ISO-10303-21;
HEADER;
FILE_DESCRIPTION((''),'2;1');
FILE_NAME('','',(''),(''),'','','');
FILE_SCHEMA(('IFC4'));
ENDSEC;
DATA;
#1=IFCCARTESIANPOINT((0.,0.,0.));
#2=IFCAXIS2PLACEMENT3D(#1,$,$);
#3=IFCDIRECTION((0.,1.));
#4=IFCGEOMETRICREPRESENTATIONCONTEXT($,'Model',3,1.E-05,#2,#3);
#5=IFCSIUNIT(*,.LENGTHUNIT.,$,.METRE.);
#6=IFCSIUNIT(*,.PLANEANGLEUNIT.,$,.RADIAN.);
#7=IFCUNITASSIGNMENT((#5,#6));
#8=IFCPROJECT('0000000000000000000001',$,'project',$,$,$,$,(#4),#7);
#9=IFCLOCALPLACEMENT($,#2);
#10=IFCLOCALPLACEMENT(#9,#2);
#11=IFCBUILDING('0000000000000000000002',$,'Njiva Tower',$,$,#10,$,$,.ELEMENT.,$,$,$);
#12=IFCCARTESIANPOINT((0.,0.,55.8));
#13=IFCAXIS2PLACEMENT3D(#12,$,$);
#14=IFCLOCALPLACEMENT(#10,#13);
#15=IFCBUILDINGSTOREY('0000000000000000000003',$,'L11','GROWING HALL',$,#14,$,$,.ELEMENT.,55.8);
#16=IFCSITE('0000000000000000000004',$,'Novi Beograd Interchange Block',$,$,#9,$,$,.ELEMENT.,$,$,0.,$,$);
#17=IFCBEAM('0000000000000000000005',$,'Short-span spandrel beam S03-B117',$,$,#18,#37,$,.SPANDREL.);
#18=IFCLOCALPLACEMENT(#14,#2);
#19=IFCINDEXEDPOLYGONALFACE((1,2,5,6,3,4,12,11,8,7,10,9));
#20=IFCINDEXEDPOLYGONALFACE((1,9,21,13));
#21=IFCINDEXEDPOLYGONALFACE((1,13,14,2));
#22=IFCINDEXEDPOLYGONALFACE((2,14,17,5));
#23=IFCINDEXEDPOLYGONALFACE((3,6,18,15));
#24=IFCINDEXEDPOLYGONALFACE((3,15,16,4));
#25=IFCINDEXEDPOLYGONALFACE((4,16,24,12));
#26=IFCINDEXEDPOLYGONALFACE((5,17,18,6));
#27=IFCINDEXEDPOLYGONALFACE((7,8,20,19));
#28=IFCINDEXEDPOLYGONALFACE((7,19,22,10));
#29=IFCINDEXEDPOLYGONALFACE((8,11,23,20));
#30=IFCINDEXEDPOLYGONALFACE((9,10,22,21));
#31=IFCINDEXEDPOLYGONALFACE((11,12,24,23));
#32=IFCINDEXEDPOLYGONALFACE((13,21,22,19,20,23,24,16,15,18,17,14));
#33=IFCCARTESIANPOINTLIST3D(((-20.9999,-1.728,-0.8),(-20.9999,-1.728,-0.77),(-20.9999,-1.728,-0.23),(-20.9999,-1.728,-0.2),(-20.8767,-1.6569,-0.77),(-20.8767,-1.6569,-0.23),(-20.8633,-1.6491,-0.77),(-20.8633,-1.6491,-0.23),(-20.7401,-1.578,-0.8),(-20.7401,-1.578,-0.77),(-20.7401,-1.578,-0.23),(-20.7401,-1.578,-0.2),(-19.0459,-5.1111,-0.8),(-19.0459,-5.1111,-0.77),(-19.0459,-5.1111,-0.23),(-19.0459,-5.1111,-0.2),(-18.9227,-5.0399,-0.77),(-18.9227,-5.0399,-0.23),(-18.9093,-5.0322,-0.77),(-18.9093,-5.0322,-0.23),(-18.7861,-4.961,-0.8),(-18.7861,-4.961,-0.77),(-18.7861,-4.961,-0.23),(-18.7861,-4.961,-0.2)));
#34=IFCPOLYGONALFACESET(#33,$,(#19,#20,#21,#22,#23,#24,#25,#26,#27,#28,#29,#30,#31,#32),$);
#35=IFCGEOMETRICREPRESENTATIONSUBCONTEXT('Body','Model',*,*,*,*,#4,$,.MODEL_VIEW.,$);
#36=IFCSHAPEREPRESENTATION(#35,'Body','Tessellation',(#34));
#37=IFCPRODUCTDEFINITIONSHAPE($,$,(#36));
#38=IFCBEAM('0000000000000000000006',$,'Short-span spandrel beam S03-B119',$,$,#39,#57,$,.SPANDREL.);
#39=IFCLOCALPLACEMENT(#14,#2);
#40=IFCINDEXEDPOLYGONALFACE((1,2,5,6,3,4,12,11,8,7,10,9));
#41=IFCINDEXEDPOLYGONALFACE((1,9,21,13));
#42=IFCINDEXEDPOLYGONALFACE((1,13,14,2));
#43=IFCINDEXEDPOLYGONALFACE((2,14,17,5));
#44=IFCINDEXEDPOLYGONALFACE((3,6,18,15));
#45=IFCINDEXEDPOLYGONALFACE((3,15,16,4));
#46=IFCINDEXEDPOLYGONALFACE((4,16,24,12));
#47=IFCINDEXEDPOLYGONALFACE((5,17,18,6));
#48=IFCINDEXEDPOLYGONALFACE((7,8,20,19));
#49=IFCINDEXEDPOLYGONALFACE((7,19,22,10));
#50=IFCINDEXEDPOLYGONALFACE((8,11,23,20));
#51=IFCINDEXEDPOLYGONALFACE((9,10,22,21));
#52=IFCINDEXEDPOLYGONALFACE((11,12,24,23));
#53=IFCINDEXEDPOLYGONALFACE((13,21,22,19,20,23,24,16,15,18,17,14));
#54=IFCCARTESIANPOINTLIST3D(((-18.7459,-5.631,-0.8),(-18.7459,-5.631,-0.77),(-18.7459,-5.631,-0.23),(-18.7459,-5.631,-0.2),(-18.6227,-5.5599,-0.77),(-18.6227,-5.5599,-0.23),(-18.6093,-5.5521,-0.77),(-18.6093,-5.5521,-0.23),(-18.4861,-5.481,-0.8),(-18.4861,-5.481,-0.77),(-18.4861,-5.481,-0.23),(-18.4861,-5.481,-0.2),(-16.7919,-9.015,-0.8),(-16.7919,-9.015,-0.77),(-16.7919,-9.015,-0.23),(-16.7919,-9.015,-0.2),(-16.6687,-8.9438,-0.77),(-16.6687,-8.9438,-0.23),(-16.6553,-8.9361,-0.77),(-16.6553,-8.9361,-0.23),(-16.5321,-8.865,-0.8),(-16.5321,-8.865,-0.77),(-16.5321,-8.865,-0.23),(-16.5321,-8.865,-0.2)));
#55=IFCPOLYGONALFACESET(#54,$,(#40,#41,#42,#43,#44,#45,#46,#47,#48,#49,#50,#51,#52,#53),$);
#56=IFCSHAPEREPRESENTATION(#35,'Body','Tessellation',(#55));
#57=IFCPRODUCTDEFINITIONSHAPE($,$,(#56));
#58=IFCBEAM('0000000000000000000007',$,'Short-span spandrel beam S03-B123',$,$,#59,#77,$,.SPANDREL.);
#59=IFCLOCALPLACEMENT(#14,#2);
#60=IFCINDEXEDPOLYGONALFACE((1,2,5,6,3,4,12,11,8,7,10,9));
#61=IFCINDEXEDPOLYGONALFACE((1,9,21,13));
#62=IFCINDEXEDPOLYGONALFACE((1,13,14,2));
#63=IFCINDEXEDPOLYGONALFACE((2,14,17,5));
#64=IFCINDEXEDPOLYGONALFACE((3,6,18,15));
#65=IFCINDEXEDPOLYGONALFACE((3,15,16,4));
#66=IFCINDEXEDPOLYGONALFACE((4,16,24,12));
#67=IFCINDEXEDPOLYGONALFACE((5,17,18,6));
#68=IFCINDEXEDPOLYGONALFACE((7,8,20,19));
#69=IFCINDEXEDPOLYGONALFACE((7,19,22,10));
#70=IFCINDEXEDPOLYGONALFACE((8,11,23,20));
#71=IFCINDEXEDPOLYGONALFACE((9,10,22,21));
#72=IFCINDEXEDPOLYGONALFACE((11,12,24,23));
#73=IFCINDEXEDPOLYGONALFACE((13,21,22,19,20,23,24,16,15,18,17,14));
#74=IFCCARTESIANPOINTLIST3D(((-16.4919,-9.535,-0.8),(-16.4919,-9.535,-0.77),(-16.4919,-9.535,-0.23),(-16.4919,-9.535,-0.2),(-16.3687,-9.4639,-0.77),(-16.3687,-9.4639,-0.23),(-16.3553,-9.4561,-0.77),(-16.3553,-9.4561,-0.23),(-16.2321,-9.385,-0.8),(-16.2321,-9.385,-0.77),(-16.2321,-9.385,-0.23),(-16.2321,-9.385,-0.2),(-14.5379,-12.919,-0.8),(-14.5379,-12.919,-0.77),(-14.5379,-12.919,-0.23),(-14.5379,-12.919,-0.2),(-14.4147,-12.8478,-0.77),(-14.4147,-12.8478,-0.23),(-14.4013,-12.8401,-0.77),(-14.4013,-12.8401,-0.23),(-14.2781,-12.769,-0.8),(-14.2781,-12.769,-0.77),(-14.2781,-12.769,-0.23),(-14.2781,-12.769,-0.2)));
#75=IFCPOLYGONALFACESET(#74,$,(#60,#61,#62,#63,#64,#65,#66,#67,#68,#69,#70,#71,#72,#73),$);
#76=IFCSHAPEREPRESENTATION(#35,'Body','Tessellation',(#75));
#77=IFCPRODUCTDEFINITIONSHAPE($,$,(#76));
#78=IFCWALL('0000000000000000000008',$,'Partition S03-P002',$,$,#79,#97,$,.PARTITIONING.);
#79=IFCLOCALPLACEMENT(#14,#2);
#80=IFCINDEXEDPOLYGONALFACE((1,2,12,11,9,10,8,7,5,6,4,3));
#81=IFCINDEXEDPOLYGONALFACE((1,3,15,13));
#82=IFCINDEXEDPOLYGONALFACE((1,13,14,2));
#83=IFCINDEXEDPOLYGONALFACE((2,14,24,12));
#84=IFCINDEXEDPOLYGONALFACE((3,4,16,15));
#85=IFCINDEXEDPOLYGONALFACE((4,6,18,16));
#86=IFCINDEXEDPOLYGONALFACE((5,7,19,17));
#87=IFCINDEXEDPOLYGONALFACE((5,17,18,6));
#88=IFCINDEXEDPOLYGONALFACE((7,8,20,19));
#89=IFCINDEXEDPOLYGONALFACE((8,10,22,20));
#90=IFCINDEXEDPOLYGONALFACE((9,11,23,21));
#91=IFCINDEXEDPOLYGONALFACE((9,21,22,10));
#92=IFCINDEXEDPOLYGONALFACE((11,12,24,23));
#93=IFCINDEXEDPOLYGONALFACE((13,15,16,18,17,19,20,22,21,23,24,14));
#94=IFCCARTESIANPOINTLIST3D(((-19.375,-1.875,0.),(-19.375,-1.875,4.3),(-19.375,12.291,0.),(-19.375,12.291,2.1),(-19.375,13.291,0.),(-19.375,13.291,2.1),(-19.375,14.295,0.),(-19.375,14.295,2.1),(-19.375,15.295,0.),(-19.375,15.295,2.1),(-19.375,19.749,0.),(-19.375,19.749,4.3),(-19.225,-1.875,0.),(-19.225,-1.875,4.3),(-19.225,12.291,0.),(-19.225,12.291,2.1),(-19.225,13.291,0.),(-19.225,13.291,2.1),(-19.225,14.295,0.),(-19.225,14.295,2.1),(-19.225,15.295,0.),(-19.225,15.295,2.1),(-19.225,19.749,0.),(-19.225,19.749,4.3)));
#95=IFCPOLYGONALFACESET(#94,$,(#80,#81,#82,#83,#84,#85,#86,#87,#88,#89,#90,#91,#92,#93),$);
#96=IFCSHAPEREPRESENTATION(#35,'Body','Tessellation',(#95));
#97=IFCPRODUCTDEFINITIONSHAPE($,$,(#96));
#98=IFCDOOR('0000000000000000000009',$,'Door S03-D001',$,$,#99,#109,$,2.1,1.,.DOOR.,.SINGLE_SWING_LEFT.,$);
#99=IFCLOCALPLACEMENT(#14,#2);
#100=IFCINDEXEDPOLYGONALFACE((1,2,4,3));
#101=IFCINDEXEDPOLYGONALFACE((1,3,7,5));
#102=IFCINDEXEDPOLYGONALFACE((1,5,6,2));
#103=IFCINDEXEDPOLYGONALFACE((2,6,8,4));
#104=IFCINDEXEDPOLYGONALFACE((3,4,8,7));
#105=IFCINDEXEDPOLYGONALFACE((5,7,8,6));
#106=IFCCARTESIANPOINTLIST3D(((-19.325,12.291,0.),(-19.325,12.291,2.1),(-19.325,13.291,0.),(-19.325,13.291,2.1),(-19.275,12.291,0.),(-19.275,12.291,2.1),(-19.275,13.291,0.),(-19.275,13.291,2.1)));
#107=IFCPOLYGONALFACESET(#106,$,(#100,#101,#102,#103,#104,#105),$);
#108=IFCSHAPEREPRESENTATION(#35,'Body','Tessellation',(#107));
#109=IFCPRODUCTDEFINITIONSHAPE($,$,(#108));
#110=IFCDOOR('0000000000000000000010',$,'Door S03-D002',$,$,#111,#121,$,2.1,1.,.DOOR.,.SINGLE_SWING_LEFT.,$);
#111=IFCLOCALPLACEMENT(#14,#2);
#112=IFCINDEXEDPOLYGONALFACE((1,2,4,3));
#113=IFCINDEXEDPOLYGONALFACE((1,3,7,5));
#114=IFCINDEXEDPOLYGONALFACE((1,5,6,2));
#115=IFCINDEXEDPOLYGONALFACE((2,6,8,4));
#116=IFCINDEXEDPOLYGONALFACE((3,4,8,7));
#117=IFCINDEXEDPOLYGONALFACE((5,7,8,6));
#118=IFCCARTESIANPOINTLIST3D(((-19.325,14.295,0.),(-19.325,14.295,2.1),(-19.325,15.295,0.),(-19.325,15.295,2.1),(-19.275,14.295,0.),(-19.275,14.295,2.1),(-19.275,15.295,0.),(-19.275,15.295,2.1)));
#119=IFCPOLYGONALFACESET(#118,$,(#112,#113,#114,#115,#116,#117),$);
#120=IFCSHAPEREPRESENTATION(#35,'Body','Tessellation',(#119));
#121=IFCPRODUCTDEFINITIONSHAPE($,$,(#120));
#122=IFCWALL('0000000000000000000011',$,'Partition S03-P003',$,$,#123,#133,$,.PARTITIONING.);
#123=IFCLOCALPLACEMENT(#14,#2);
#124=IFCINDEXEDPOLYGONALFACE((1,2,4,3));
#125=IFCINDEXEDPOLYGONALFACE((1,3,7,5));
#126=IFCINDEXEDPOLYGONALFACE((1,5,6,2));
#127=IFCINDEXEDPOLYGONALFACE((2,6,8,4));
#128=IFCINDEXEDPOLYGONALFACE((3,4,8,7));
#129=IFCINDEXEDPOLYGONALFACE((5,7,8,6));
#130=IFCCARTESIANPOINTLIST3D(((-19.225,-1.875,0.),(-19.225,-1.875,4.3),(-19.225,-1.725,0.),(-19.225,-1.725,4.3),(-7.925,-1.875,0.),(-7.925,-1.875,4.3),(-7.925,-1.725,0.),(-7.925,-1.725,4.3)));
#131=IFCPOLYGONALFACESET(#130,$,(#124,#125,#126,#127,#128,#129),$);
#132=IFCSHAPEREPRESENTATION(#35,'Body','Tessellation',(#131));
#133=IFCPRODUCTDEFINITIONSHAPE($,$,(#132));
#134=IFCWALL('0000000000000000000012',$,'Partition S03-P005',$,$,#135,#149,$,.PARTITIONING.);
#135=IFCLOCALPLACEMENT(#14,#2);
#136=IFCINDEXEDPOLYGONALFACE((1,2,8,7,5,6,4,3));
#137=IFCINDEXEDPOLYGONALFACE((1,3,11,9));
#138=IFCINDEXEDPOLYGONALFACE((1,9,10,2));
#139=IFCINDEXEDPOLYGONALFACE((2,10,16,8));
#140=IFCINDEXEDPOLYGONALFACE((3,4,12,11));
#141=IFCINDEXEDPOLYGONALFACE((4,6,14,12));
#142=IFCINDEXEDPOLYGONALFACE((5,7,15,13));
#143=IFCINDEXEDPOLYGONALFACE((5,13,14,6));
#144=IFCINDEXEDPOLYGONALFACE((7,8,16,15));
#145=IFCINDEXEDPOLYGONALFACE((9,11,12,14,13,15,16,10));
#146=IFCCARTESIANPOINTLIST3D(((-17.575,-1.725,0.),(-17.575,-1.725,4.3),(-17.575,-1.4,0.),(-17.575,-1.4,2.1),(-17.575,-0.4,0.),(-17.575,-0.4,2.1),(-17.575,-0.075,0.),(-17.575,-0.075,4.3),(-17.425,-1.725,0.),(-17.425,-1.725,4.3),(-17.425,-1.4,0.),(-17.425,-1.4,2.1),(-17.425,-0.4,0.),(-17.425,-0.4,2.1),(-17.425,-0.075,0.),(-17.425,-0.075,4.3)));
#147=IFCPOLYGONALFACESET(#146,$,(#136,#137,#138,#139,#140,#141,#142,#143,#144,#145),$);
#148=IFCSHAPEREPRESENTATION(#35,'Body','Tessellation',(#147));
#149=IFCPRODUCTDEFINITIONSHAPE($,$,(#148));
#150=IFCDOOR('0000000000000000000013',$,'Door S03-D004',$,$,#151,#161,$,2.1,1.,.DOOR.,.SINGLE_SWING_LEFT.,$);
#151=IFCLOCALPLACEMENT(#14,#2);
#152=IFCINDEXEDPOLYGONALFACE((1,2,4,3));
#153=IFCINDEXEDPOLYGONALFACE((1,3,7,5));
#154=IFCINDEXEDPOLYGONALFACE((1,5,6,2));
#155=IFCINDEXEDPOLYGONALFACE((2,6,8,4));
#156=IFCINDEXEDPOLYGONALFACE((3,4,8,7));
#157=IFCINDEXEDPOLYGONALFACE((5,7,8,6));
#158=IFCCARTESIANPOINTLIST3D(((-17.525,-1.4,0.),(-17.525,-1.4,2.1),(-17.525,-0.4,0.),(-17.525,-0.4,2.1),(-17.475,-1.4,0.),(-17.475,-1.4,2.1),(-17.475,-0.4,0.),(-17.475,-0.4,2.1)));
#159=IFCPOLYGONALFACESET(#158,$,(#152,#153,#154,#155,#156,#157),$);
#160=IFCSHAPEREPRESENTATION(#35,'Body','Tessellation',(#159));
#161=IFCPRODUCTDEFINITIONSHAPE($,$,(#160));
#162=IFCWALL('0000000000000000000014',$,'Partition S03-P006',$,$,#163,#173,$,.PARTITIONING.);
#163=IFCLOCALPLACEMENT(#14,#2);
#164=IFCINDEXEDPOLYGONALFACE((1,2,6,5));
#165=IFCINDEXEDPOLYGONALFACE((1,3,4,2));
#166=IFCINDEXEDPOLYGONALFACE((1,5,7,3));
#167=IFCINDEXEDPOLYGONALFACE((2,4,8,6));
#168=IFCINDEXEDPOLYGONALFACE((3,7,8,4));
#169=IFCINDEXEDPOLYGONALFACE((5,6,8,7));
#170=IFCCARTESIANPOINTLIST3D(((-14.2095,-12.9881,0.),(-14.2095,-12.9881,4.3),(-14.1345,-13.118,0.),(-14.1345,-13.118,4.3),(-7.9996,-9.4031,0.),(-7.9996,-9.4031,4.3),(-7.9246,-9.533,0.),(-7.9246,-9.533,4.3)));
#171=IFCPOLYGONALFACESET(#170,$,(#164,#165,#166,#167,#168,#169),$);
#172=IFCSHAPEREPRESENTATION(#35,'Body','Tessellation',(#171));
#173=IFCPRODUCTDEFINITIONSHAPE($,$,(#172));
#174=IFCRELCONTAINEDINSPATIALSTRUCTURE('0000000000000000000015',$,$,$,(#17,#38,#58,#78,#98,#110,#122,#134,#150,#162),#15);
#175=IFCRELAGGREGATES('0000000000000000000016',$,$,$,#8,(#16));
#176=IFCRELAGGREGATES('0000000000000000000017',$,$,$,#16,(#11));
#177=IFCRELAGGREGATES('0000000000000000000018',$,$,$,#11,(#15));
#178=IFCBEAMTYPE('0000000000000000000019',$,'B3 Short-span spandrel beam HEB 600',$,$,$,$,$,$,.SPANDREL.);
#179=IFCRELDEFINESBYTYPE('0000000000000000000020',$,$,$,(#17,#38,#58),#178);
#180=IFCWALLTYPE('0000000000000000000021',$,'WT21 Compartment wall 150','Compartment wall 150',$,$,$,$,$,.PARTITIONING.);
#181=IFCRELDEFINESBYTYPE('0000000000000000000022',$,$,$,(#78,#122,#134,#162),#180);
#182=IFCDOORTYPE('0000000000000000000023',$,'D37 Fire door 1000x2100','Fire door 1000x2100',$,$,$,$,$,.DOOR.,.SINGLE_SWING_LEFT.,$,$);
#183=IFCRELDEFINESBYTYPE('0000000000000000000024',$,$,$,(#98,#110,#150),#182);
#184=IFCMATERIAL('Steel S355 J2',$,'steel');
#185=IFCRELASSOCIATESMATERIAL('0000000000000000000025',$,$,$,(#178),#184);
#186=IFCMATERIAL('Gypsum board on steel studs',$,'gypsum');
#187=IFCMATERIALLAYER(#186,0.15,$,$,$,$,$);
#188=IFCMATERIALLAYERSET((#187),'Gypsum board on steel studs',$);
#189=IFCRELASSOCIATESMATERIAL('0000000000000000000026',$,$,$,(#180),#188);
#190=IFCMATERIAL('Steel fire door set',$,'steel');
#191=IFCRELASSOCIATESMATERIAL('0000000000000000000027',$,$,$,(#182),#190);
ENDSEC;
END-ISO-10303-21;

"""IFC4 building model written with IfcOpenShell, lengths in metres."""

from ifc_helpers import new_model, si_unit, direction, frame, frame_2d, origin, origin_2d, place, context, subcontext, project, spatial, rectangle, i_section, extrude, material, layer, layer_set, material_profile, profile_set, type_object, element, fill, save


model = new_model("IFC4")

# Units and contexts
model_context = context("Model", 3, precision=1e-05, world=origin(), true_north=direction((0.0, 1.0)))
body_context = subcontext(model_context, "Body", "Model", "MODEL_VIEW")
ifc_project = project(units=[si_unit("LENGTHUNIT", "METRE"), si_unit("PLANEANGLEUNIT", "RADIAN")], contexts=[model_context])

# Site, building, storey
site_placement = place(None, origin())
site = spatial("IfcSite", under=ifc_project, at=site_placement, Name="Novi Beograd Interchange Block", CompositionType="ELEMENT", RefElevation=0.0)
building_placement = place(site_placement, origin())
building = spatial("IfcBuilding", under=site, at=building_placement, Name="Njiva Tower", CompositionType="ELEMENT")
storey_placement = place(building_placement, frame((0.0, 0.0, 55.8)))
storey = spatial("IfcBuildingStorey", under=building, at=storey_placement, Name="L11", Description="GROWING HALL", CompositionType="ELEMENT", Elevation=55.8)

# Shared definitions
ifc_material_1 = material(Name="Steel S355 J2", Category="steel")

# Beams
ifc_material_profile_1 = material_profile(ifc_material_1, i_section(OverallWidth=0.3, OverallDepth=0.6, WebThickness=0.0155, FlangeThickness=0.03, at=origin_2d()), Name="HEB 600")
ifc_profile_set_1 = profile_set([ifc_material_profile_1], Name="Steel S355 J2")
beam_type_1 = type_object("IfcBeamType", Name="B3 Short-span spandrel beam HEB 600", PredefinedType="SPANDREL", material=ifc_profile_set_1)
beam_1_placement = place(storey_placement, frame((-20.87, -1.653, -0.5), z_axis=(0.500158, -0.865934, 0.0), x_axis=(0.865934, 0.500158, 0.0)))
element("IfcBeam", 1, at=beam_1_placement, inside=storey, type_object=beam_type_1, Name="Short-span spandrel beam S03-B117", PredefinedType="SPANDREL", context=body_context, shape_type="SweptSolid", body=[
    extrude(i_section(OverallWidth=0.3, OverallDepth=0.6, WebThickness=0.0155, FlangeThickness=0.03, at=origin_2d()), origin(), (0.0, 0.0, 1.0), 3.9068),
])
for number, where, z_axis, x_axis, name in (
    (2, (-18.616, -5.556, -0.5), (0.500047, -0.865998, 0.0), (0.865998, 0.500047, 0.0), "Short-span spandrel beam S03-B119"),
    (3, (-16.362, -9.46, -0.5), (0.500047, -0.865998, 0.0), (0.865998, 0.500047, 0.0), "Short-span spandrel beam S03-B123"),
):
    element("IfcBeam", number, at=place(storey_placement, frame(where, z_axis=z_axis, x_axis=x_axis)), inside=storey, type_object=beam_type_1, Name=name, PredefinedType="SPANDREL", context=body_context, shape_type="SweptSolid", body=[
        extrude(i_section(OverallWidth=0.3, OverallDepth=0.6, WebThickness=0.0155, FlangeThickness=0.03, at=origin_2d()), origin(), (0.0, 0.0, 1.0), 3.9076),
    ])

# Wall, openings, doors
ifc_material_2 = material(Name="Gypsum board on steel studs", Category="gypsum")
ifc_layer = layer(ifc_material_2, 0.15)
ifc_layer_set = layer_set([ifc_layer], Name="Gypsum board on steel studs")
wall_type = type_object("IfcWallType", Name="WT21 Compartment wall 150", Description="Compartment wall 150", PredefinedType="PARTITIONING", material=ifc_layer_set)
wall_1_placement = place(storey_placement, frame((-19.3, -1.875, 0.0), z_axis=(0.0, 0.0, 1.0), x_axis=(0.0, 1.0, 0.0)))
wall_1 = element("IfcWall", 4, at=wall_1_placement, inside=storey, type_object=wall_type, Name="Partition S03-P002", PredefinedType="PARTITIONING", context=body_context, shape_type="SweptSolid", body=[
    extrude(rectangle(XDim=21.624, YDim=0.15, at=frame_2d((10.812, 0.0))), origin(), (0.0, 0.0, 1.0), 4.3),
])
opening_1_placement = place(wall_1_placement, frame((14.166, 0.0, 0.0)))
opening_1 = element("IfcOpeningElement", 5, at=opening_1_placement, cuts=wall_1, PredefinedType="OPENING", context=body_context, shape_type="SweptSolid", body=[
    extrude(rectangle(XDim=1.0, YDim=2.1, at=frame_2d((0.5, 1.05))), frame((0.0, 0.085, 0.0), z_axis=(0.0, -1.0, 0.0), x_axis=(1.0, 0.0, 0.0)), (0.0, 0.0, 1.0), 0.17),
])
opening_2_placement = place(wall_1_placement, frame((16.17, 0.0, 0.0)))
opening_2 = element("IfcOpeningElement", 6, at=opening_2_placement, cuts=wall_1, PredefinedType="OPENING", context=body_context, shape_type="SweptSolid", body=[
    extrude(rectangle(XDim=1.0, YDim=2.1, at=frame_2d((0.5, 1.05))), frame((0.0, 0.085, 0.0), z_axis=(0.0, -1.0, 0.0), x_axis=(1.0, 0.0, 0.0)), (0.0, 0.0, 1.0), 0.17),
])
ifc_material_3 = material(Name="Steel fire door set", Category="steel")
door_type = type_object("IfcDoorType", Name="D37 Fire door 1000x2100", Description="Fire door 1000x2100", OperationType="SINGLE_SWING_LEFT", PredefinedType="DOOR", material=ifc_material_3)
door_1_placement = place(opening_1_placement, origin())
door_1 = element("IfcDoor", 7, at=door_1_placement, inside=storey, type_object=door_type, Name="Door S03-D001", OperationType="SINGLE_SWING_LEFT", OverallHeight=2.1, OverallWidth=1.0, PredefinedType="DOOR", context=body_context, shape_type="SweptSolid", body=[
    extrude(rectangle(XDim=1.0, YDim=2.1, at=frame_2d((0.5, 1.05))), frame((0.0, 0.025, 0.0), z_axis=(0.0, -1.0, 0.0), x_axis=(1.0, 0.0, 0.0)), (0.0, 0.0, 1.0), 0.05),
])
fill(opening_1, door_1)
door_2_placement = place(opening_2_placement, origin())
door_2 = element("IfcDoor", 8, at=door_2_placement, inside=storey, type_object=door_type, Name="Door S03-D002", OperationType="SINGLE_SWING_LEFT", OverallHeight=2.1, OverallWidth=1.0, PredefinedType="DOOR", context=body_context, shape_type="SweptSolid", body=[
    extrude(rectangle(XDim=1.0, YDim=2.1, at=frame_2d((0.5, 1.05))), frame((0.0, 0.025, 0.0), z_axis=(0.0, -1.0, 0.0), x_axis=(1.0, 0.0, 0.0)), (0.0, 0.0, 1.0), 0.05),
])
fill(opening_2, door_2)

# Wall
wall_2_placement = place(storey_placement, frame((-19.225, -1.8, 0.0), z_axis=(0.0, 0.0, 1.0), x_axis=(1.0, 0.0, 0.0)))
element("IfcWall", 9, at=wall_2_placement, inside=storey, type_object=wall_type, Name="Partition S03-P003", PredefinedType="PARTITIONING", context=body_context, shape_type="SweptSolid", body=[
    extrude(rectangle(XDim=11.3, YDim=0.15, at=frame_2d((5.65, 0.0))), origin(), (0.0, 0.0, 1.0), 4.3),
])

# Wall, opening, door
wall_3_placement = place(storey_placement, frame((-17.5, -1.725, 0.0), z_axis=(0.0, 0.0, 1.0), x_axis=(0.0, 1.0, 0.0)))
wall_3 = element("IfcWall", 10, at=wall_3_placement, inside=storey, type_object=wall_type, Name="Partition S03-P005", PredefinedType="PARTITIONING", context=body_context, shape_type="SweptSolid", body=[
    extrude(rectangle(XDim=1.65, YDim=0.15, at=frame_2d((0.825, 0.0))), origin(), (0.0, 0.0, 1.0), 4.3),
])
opening_3_placement = place(wall_3_placement, frame((0.325, 0.0, 0.0)))
opening_3 = element("IfcOpeningElement", 11, at=opening_3_placement, cuts=wall_3, PredefinedType="OPENING", context=body_context, shape_type="SweptSolid", body=[
    extrude(rectangle(XDim=1.0, YDim=2.1, at=frame_2d((0.5, 1.05))), frame((0.0, 0.085, 0.0), z_axis=(0.0, -1.0, 0.0), x_axis=(1.0, 0.0, 0.0)), (0.0, 0.0, 1.0), 0.17),
])
door_3_placement = place(opening_3_placement, origin())
door_3 = element("IfcDoor", 12, at=door_3_placement, inside=storey, type_object=door_type, Name="Door S03-D004", OperationType="SINGLE_SWING_LEFT", OverallHeight=2.1, OverallWidth=1.0, PredefinedType="DOOR", context=body_context, shape_type="SweptSolid", body=[
    extrude(rectangle(XDim=1.0, YDim=2.1, at=frame_2d((0.5, 1.05))), frame((0.0, 0.025, 0.0), z_axis=(0.0, -1.0, 0.0), x_axis=(1.0, 0.0, 0.0)), (0.0, 0.0, 1.0), 0.05),
])
fill(opening_3, door_3)

# Wall
wall_4_placement = place(storey_placement, frame((-14.172, -13.053, 0.0), z_axis=(0.0, 0.0, 1.0), x_axis=(0.866046, 0.499964, 0.0)))
element("IfcWall", 13, at=wall_4_placement, inside=storey, type_object=wall_type, Name="Partition S03-P006", PredefinedType="PARTITIONING", context=body_context, shape_type="SweptSolid", body=[
    extrude(rectangle(XDim=7.1705, YDim=0.15, at=frame_2d((3.5852, 0.0))), origin(), (0.0, 0.0, 1.0), 4.3),
])

save(model, "model.ifc")
